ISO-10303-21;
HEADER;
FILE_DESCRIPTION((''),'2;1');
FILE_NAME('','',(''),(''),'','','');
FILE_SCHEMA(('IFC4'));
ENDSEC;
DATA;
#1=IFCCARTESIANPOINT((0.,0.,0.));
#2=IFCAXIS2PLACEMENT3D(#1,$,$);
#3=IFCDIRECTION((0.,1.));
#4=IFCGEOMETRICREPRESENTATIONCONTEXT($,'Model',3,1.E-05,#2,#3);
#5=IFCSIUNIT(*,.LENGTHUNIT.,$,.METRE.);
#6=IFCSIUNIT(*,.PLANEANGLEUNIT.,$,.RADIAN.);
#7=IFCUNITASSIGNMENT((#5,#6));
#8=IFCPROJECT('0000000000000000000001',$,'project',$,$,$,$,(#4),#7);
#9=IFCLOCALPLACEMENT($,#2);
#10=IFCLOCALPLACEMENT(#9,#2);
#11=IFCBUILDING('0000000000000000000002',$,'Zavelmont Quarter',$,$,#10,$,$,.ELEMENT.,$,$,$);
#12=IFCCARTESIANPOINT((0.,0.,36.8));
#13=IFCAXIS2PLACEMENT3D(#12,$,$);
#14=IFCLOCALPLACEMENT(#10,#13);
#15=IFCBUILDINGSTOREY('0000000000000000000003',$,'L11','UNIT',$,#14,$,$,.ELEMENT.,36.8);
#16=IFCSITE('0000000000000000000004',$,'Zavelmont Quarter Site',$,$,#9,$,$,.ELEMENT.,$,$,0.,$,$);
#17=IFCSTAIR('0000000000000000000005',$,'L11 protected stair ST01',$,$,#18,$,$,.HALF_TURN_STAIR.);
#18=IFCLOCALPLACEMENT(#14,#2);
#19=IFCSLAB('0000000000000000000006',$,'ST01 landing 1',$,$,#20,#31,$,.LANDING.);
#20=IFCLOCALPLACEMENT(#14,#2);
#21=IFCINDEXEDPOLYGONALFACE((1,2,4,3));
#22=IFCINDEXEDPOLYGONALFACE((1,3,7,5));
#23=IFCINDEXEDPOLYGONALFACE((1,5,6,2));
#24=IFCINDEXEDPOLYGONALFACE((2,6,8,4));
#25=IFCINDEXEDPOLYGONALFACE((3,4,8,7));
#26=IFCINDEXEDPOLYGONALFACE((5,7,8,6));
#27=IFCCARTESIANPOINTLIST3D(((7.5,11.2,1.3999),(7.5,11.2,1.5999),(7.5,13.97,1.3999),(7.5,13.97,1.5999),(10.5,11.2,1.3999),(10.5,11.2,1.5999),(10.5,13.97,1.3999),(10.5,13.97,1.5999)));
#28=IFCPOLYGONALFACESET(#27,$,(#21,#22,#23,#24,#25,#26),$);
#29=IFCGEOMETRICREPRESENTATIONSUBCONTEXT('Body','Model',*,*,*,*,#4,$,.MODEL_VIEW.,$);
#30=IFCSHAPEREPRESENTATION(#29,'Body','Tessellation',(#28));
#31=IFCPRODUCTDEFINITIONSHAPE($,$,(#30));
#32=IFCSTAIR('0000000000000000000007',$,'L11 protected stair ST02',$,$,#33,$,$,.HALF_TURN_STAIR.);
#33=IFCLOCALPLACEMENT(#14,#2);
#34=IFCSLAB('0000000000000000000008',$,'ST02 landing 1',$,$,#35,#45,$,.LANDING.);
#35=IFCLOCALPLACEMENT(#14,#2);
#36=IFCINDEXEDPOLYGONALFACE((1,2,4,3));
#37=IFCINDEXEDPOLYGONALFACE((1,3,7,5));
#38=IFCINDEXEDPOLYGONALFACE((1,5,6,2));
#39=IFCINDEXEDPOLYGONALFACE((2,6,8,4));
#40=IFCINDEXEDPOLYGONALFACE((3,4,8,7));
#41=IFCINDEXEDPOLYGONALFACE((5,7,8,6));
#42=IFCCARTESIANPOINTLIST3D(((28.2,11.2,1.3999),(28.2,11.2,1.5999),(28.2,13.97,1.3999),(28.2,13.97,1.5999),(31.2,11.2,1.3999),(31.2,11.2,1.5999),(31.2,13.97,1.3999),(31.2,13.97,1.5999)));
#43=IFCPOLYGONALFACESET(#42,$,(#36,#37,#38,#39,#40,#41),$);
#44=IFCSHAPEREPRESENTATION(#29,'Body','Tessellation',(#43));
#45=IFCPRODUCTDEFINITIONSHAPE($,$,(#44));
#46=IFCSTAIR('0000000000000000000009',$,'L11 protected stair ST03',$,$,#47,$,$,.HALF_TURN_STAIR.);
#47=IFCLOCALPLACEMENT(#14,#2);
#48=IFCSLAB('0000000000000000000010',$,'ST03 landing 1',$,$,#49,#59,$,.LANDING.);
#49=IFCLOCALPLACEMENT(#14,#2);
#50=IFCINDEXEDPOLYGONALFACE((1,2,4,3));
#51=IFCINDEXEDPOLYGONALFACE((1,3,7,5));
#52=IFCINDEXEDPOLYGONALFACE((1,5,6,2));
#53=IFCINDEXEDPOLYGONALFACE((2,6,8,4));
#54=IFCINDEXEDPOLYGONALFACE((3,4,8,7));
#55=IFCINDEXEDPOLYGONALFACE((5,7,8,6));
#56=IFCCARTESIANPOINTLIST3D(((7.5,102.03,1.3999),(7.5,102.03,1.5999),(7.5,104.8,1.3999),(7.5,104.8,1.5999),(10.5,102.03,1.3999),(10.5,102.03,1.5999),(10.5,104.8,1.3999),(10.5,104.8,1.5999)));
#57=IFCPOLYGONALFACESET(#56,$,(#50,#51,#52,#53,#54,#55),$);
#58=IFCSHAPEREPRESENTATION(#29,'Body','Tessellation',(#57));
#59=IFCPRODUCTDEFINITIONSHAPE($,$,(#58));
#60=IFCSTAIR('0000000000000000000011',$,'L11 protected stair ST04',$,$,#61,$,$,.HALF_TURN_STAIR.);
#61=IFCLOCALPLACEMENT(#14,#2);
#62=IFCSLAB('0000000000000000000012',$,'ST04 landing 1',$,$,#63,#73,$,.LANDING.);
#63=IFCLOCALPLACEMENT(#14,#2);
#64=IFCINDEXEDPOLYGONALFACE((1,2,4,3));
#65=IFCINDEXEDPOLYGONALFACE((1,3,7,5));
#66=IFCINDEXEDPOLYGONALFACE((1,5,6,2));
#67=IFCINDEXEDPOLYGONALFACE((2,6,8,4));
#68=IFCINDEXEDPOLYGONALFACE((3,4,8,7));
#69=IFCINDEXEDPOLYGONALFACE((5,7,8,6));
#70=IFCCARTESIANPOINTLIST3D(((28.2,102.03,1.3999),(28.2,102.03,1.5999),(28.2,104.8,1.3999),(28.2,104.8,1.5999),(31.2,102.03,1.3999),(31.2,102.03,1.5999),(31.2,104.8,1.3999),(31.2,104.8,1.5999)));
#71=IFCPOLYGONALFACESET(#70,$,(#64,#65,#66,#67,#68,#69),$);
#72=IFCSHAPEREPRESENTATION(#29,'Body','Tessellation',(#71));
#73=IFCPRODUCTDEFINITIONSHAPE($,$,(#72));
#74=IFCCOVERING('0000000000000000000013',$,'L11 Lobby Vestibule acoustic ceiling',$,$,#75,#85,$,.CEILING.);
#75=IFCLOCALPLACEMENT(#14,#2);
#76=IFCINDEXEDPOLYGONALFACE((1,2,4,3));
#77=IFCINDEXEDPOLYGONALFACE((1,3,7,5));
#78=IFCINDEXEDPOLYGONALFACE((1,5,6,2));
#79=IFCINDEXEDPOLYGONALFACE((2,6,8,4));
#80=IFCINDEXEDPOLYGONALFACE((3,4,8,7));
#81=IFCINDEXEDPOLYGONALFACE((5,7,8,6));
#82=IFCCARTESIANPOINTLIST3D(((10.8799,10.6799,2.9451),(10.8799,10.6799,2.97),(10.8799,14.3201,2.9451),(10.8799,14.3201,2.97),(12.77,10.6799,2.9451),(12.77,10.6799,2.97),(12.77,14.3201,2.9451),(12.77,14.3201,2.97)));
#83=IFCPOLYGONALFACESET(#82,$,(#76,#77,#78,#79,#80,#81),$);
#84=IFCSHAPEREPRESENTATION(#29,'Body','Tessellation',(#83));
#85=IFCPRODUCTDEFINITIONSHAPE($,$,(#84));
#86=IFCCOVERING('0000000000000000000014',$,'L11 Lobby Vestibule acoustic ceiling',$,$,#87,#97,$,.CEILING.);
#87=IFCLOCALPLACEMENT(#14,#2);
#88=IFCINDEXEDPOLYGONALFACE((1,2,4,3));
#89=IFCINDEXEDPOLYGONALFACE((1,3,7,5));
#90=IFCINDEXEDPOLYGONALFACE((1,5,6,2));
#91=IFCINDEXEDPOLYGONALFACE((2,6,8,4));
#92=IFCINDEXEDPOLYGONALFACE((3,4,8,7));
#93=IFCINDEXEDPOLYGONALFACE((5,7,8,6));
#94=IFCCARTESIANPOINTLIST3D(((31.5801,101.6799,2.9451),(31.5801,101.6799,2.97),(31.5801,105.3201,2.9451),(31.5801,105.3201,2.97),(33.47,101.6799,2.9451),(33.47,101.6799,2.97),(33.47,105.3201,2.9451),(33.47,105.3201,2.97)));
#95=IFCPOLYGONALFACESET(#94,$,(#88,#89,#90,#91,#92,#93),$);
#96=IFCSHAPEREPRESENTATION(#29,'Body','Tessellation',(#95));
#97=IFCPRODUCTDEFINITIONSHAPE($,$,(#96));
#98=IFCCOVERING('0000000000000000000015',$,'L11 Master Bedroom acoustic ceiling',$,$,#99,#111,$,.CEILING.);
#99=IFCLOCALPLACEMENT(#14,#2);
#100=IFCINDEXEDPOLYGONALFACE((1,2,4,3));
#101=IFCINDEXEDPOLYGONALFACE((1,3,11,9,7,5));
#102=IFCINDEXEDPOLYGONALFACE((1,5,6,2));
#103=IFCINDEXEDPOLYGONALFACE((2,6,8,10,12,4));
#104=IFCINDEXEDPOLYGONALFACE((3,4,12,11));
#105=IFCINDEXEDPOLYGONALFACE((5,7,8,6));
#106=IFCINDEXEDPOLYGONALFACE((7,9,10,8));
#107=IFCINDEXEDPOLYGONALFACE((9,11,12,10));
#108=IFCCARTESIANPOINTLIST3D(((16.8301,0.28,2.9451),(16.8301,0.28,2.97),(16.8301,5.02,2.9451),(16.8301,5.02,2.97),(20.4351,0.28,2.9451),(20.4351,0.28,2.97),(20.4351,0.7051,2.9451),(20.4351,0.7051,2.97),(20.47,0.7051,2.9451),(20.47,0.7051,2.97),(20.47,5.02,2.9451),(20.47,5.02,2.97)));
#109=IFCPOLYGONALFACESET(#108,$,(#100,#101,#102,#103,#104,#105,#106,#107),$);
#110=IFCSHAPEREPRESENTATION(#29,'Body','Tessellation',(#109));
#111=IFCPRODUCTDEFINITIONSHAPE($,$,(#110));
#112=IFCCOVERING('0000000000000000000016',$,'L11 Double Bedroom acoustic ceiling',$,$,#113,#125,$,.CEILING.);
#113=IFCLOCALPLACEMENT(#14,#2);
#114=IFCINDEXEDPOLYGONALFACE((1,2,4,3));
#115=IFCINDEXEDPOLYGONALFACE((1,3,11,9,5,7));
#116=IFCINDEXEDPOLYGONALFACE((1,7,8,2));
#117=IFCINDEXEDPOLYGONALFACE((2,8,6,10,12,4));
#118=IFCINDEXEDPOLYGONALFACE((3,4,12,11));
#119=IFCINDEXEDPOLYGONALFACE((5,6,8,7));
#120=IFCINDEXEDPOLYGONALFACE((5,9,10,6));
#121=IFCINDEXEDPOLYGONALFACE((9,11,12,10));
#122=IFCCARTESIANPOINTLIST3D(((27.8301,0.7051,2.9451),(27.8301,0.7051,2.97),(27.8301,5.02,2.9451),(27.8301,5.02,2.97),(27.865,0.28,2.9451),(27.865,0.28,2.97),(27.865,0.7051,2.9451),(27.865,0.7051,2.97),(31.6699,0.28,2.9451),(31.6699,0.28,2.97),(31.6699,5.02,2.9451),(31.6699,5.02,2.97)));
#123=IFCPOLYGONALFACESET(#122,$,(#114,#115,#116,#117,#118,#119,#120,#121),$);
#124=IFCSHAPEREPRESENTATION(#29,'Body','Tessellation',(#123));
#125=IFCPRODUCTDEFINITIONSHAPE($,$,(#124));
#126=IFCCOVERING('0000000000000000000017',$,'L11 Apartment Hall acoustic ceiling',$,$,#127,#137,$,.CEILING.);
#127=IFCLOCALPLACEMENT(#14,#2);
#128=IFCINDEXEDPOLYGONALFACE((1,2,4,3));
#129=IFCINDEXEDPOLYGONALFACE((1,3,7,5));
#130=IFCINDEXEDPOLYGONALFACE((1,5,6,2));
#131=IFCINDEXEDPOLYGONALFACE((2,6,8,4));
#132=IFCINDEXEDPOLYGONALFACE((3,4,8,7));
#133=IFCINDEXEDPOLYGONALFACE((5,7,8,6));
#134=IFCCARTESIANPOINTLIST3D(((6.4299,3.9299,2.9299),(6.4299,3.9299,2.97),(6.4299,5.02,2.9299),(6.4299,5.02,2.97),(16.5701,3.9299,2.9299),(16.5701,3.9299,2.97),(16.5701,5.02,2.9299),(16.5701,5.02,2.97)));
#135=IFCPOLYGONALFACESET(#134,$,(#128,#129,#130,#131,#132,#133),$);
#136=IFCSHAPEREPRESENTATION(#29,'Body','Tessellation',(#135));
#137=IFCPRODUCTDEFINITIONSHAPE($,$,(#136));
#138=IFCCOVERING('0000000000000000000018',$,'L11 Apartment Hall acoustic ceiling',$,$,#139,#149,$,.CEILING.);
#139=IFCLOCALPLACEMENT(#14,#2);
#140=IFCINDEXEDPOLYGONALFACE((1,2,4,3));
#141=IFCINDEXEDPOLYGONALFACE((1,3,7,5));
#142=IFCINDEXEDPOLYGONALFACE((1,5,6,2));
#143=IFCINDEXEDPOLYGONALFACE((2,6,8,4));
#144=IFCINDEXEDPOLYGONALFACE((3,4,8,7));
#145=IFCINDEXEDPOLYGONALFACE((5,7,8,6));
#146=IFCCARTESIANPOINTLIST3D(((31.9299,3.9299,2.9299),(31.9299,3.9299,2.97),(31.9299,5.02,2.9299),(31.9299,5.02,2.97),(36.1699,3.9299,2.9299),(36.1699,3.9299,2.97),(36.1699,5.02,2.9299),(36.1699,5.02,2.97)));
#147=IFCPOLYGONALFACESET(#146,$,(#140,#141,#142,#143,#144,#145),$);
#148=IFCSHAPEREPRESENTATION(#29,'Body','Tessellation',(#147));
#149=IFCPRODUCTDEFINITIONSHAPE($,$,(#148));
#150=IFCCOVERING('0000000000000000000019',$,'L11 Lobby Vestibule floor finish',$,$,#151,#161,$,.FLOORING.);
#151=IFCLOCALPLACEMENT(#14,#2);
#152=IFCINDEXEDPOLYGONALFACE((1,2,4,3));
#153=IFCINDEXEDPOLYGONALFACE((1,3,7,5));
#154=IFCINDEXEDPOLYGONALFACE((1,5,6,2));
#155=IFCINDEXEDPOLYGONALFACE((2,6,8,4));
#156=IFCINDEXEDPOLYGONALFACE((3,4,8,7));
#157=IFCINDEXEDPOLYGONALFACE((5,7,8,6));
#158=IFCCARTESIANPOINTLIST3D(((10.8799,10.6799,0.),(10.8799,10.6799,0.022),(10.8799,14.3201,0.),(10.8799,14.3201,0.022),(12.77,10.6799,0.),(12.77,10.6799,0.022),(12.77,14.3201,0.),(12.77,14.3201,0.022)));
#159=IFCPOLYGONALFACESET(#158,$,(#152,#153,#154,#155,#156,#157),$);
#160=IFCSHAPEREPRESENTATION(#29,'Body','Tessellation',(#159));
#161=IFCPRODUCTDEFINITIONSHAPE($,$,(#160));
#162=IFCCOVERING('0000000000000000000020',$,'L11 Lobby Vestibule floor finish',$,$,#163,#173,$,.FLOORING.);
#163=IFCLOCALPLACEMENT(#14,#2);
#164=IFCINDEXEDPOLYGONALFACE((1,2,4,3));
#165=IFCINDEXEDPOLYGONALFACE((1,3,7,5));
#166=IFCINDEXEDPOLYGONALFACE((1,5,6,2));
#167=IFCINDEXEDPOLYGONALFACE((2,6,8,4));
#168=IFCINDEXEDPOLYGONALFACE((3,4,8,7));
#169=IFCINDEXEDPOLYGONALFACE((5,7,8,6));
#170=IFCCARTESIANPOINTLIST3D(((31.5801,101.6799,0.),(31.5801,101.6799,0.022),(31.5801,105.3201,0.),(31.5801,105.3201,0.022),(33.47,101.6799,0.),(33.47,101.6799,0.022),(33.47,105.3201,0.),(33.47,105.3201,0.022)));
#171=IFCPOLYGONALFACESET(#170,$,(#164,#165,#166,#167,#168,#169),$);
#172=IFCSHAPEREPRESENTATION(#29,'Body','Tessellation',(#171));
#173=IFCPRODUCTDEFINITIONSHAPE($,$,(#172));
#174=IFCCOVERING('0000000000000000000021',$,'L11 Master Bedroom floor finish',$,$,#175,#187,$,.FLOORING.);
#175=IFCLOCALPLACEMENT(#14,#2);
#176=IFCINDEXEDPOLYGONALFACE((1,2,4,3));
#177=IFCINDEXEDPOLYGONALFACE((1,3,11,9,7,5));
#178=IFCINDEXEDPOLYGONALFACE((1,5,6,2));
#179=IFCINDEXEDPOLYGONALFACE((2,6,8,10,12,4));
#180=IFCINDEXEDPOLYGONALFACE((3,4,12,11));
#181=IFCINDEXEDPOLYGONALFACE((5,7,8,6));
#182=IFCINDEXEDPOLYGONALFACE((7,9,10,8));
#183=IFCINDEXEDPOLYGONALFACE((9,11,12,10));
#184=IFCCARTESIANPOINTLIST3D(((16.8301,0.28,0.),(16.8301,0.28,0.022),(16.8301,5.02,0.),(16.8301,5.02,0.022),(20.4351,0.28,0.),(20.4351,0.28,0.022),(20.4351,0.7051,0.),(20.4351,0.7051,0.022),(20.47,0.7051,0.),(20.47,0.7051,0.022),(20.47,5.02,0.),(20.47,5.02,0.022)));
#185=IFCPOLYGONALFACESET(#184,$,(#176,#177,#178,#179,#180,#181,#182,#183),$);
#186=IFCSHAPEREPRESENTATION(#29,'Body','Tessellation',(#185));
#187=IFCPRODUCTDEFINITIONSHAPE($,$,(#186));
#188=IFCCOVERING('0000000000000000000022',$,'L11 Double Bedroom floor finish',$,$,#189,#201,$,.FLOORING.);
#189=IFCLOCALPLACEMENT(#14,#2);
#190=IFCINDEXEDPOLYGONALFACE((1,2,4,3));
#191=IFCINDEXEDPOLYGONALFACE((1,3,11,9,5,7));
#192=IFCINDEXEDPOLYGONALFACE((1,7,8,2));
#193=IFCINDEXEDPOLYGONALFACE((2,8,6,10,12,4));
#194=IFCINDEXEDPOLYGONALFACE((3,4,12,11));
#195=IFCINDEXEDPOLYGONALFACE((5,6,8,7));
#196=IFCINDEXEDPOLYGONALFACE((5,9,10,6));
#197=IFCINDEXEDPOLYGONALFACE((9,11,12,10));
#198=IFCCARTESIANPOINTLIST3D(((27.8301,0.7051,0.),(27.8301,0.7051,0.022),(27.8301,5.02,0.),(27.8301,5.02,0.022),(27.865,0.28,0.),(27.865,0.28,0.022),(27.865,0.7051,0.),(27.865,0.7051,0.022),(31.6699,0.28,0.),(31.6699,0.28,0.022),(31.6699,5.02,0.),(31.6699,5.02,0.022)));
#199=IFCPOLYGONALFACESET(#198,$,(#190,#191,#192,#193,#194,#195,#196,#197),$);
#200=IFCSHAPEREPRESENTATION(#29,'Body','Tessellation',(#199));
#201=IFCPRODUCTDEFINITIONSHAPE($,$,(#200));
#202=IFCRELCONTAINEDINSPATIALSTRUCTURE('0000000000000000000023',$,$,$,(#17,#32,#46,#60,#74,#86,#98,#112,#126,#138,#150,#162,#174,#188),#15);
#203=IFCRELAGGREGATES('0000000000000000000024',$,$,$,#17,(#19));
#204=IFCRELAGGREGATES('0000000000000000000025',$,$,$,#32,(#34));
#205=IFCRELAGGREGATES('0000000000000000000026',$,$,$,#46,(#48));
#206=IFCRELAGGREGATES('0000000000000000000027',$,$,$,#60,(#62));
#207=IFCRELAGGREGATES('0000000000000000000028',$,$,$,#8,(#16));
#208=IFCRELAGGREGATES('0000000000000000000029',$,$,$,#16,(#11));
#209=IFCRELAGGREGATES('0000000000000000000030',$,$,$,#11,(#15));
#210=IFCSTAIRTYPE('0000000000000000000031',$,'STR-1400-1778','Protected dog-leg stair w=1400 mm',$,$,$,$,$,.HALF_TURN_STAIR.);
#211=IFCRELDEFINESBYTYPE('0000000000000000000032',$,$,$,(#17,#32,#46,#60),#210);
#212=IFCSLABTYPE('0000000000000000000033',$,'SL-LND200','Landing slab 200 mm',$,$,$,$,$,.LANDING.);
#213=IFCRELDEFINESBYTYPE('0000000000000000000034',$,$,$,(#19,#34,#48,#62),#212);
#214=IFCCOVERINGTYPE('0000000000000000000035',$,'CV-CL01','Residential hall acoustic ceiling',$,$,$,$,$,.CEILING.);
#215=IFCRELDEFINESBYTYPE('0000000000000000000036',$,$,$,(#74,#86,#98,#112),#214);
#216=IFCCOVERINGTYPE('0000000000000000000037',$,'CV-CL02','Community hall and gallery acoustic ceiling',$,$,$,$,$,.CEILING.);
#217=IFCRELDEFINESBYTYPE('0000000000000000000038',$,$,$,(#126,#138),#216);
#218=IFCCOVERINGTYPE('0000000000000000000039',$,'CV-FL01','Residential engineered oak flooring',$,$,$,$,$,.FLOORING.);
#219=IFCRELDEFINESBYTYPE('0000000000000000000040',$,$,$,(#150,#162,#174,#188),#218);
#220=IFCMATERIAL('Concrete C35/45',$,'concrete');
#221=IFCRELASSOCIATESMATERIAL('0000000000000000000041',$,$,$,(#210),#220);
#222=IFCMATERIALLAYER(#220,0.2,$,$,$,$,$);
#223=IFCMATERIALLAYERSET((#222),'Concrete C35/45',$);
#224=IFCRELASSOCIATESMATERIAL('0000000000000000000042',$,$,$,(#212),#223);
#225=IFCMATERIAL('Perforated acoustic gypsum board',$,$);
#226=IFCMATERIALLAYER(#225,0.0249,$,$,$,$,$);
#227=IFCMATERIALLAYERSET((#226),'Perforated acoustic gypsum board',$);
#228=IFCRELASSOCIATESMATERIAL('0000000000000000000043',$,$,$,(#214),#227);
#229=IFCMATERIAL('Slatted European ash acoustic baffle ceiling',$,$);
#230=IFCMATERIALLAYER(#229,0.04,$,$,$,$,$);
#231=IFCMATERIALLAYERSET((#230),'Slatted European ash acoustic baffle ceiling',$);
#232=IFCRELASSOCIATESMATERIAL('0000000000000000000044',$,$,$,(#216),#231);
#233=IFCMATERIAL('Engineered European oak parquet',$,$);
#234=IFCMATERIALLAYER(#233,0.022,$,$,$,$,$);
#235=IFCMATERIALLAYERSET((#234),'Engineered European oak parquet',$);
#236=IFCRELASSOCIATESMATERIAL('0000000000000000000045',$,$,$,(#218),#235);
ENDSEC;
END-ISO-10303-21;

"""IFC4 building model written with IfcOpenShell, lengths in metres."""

from ifc_helpers import new_model, si_unit, direction, frame, origin, place, context, subcontext, project, spatial, polyline, outline, extrude, material, layer, layer_set, type_object, element, aggregate, save


model = new_model("IFC4")

# Units and contexts
model_context = context("Model", 3, precision=1e-05, world=origin(), true_north=direction((0.0, 1.0)))
body_context = subcontext(model_context, "Body", "Model", "MODEL_VIEW")
ifc_project = project(units=[si_unit("LENGTHUNIT", "METRE"), si_unit("PLANEANGLEUNIT", "RADIAN")], contexts=[model_context])

# Site, building, storey
site_placement = place(None, origin())
site = spatial("IfcSite", under=ifc_project, at=site_placement, Name="Zavelmont Quarter Site", CompositionType="ELEMENT", RefElevation=0.0)
building_placement = place(site_placement, origin())
building = spatial("IfcBuilding", under=site, at=building_placement, Name="Zavelmont Quarter", CompositionType="ELEMENT")
storey_placement = place(building_placement, frame((0.0, 0.0, 36.8)))
storey = spatial("IfcBuildingStorey", under=building, at=storey_placement, Name="L11", Description="UNIT", CompositionType="ELEMENT", Elevation=36.8)

# Stairs, slabs
ifc_material_1 = material(Name="Concrete C35/45", Category="concrete")
stair_type = type_object("IfcStairType", Name="STR-1400-1778", Description="Protected dog-leg stair w=1400 mm", PredefinedType="HALF_TURN_STAIR", material=ifc_material_1)
stair_1_placement = place(storey_placement, origin())
stair_1 = element("IfcStair", 1, at=stair_1_placement, inside=storey, type_object=stair_type, Name="L11 protected stair ST01", PredefinedType="HALF_TURN_STAIR")
ifc_layer_1 = layer(ifc_material_1, 0.2)
ifc_layer_set_1 = layer_set([ifc_layer_1], Name="Concrete C35/45")
slab_type = type_object("IfcSlabType", Name="SL-LND200", Description="Landing slab 200 mm", PredefinedType="LANDING", material=ifc_layer_set_1)
slab_1_placement = place(storey_placement, frame((0.0, 0.0, 1.3999)))
slab_1 = element("IfcSlab", 2, at=slab_1_placement, type_object=slab_type, Name="ST01 landing 1", PredefinedType="LANDING", context=body_context, shape_type="SweptSolid", body=[
    extrude(outline(polyline([(7.5, 13.97), (7.5, 11.2), (10.5, 11.2), (10.5, 13.97), (7.5, 13.97)])), origin(), (0.0, 0.0, 1.0), 0.2),
])
aggregate(stair_1, [slab_1])
stair_2_placement = place(storey_placement, origin())
stair_2 = element("IfcStair", 3, at=stair_2_placement, inside=storey, type_object=stair_type, Name="L11 protected stair ST02", PredefinedType="HALF_TURN_STAIR")
slab_2_placement = place(storey_placement, frame((0.0, 0.0, 1.3999)))
slab_2 = element("IfcSlab", 4, at=slab_2_placement, type_object=slab_type, Name="ST02 landing 1", PredefinedType="LANDING", context=body_context, shape_type="SweptSolid", body=[
    extrude(outline(polyline([(28.2, 13.97), (28.2, 11.2), (31.2, 11.2), (31.2, 13.97), (28.2, 13.97)])), origin(), (0.0, 0.0, 1.0), 0.2),
])
aggregate(stair_2, [slab_2])
stair_3_placement = place(storey_placement, origin())
stair_3 = element("IfcStair", 5, at=stair_3_placement, inside=storey, type_object=stair_type, Name="L11 protected stair ST03", PredefinedType="HALF_TURN_STAIR")
slab_3_placement = place(storey_placement, frame((0.0, 0.0, 1.3999)))
slab_3 = element("IfcSlab", 6, at=slab_3_placement, type_object=slab_type, Name="ST03 landing 1", PredefinedType="LANDING", context=body_context, shape_type="SweptSolid", body=[
    extrude(outline(polyline([(10.5, 102.03), (10.5, 104.8), (7.5, 104.8), (7.5, 102.03), (10.5, 102.03)])), origin(), (0.0, 0.0, 1.0), 0.2),
])
aggregate(stair_3, [slab_3])
stair_4_placement = place(storey_placement, origin())
stair_4 = element("IfcStair", 7, at=stair_4_placement, inside=storey, type_object=stair_type, Name="L11 protected stair ST04", PredefinedType="HALF_TURN_STAIR")
slab_4_placement = place(storey_placement, frame((0.0, 0.0, 1.3999)))
slab_4 = element("IfcSlab", 8, at=slab_4_placement, type_object=slab_type, Name="ST04 landing 1", PredefinedType="LANDING", context=body_context, shape_type="SweptSolid", body=[
    extrude(outline(polyline([(31.2, 102.03), (31.2, 104.8), (28.2, 104.8), (28.2, 102.03), (31.2, 102.03)])), origin(), (0.0, 0.0, 1.0), 0.2),
])
aggregate(stair_4, [slab_4])

# Coverings
ifc_material_2 = material(Name="Perforated acoustic gypsum board")
ifc_layer_2 = layer(ifc_material_2, 0.0249)
ifc_layer_set_2 = layer_set([ifc_layer_2], Name="Perforated acoustic gypsum board")
covering_type_1 = type_object("IfcCoveringType", Name="CV-CL01", Description="Residential hall acoustic ceiling", PredefinedType="CEILING", material=ifc_layer_set_2)
covering_1_placement = place(storey_placement, frame((0.0, 0.0, 2.9451)))
element("IfcCovering", 9, at=covering_1_placement, inside=storey, type_object=covering_type_1, Name="L11 Lobby Vestibule acoustic ceiling", PredefinedType="CEILING", context=body_context, shape_type="SweptSolid", body=[
    extrude(outline(polyline([(10.8799, 14.3201), (12.77, 14.3201), (12.77, 10.6799), (10.8799, 10.6799), (10.8799, 14.3201)])), origin(), (0.0, 0.0, 1.0), 0.0249),
])
covering_2_placement = place(storey_placement, frame((0.0, 0.0, 2.9451)))
element("IfcCovering", 10, at=covering_2_placement, inside=storey, type_object=covering_type_1, Name="L11 Lobby Vestibule acoustic ceiling", PredefinedType="CEILING", context=body_context, shape_type="SweptSolid", body=[
    extrude(outline(polyline([(31.5801, 105.3201), (33.47, 105.3201), (33.47, 101.6799), (31.5801, 101.6799), (31.5801, 105.3201)])), origin(), (0.0, 0.0, 1.0), 0.0249),
])
covering_3_placement = place(storey_placement, frame((0.0, 0.0, 2.9451)))
element("IfcCovering", 11, at=covering_3_placement, inside=storey, type_object=covering_type_1, Name="L11 Master Bedroom acoustic ceiling", PredefinedType="CEILING", context=body_context, shape_type="SweptSolid", body=[
    extrude(outline(polyline([(16.8301, 5.02), (20.47, 5.02), (20.47, 0.7051), (20.4351, 0.7051), (20.4351, 0.28), (16.8301, 0.28), (16.8301, 5.02)])), origin(), (0.0, 0.0, 1.0), 0.0249),
])
covering_4_placement = place(storey_placement, frame((0.0, 0.0, 2.9451)))
element("IfcCovering", 12, at=covering_4_placement, inside=storey, type_object=covering_type_1, Name="L11 Double Bedroom acoustic ceiling", PredefinedType="CEILING", context=body_context, shape_type="SweptSolid", body=[
    extrude(outline(polyline([(27.8301, 5.02), (31.6699, 5.02), (31.6699, 0.28), (27.865, 0.28), (27.865, 0.7051), (27.8301, 0.7051), (27.8301, 5.02)])), origin(), (0.0, 0.0, 1.0), 0.0249),
])
ifc_material_3 = material(Name="Slatted European ash acoustic baffle ceiling")
ifc_layer_3 = layer(ifc_material_3, 0.04)
ifc_layer_set_3 = layer_set([ifc_layer_3], Name="Slatted European ash acoustic baffle ceiling")
covering_type_2 = type_object("IfcCoveringType", Name="CV-CL02", Description="Community hall and gallery acoustic ceiling", PredefinedType="CEILING", material=ifc_layer_set_3)
covering_5_placement = place(storey_placement, frame((0.0, 0.0, 2.9299)))
element("IfcCovering", 13, at=covering_5_placement, inside=storey, type_object=covering_type_2, Name="L11 Apartment Hall acoustic ceiling", PredefinedType="CEILING", context=body_context, shape_type="SweptSolid", body=[
    extrude(outline(polyline([(6.4299, 5.02), (16.5701, 5.02), (16.5701, 3.9299), (6.4299, 3.9299), (6.4299, 5.02)])), origin(), (0.0, 0.0, 1.0), 0.04),
])
covering_6_placement = place(storey_placement, frame((0.0, 0.0, 2.9299)))
element("IfcCovering", 14, at=covering_6_placement, inside=storey, type_object=covering_type_2, Name="L11 Apartment Hall acoustic ceiling", PredefinedType="CEILING", context=body_context, shape_type="SweptSolid", body=[
    extrude(outline(polyline([(31.9299, 5.02), (36.1699, 5.02), (36.1699, 3.9299), (31.9299, 3.9299), (31.9299, 5.02)])), origin(), (0.0, 0.0, 1.0), 0.04),
])
ifc_material_4 = material(Name="Engineered European oak parquet")
ifc_layer_4 = layer(ifc_material_4, 0.022)
ifc_layer_set_4 = layer_set([ifc_layer_4], Name="Engineered European oak parquet")
covering_type_3 = type_object("IfcCoveringType", Name="CV-FL01", Description="Residential engineered oak flooring", PredefinedType="FLOORING", material=ifc_layer_set_4)
covering_7_placement = place(storey_placement, origin())
element("IfcCovering", 15, at=covering_7_placement, inside=storey, type_object=covering_type_3, Name="L11 Lobby Vestibule floor finish", PredefinedType="FLOORING", context=body_context, shape_type="SweptSolid", body=[
    extrude(outline(polyline([(10.8799, 14.3201), (12.77, 14.3201), (12.77, 10.6799), (10.8799, 10.6799), (10.8799, 14.3201)])), origin(), (0.0, 0.0, 1.0), 0.022),
])
covering_8_placement = place(storey_placement, origin())
element("IfcCovering", 16, at=covering_8_placement, inside=storey, type_object=covering_type_3, Name="L11 Lobby Vestibule floor finish", PredefinedType="FLOORING", context=body_context, shape_type="SweptSolid", body=[
    extrude(outline(polyline([(31.5801, 105.3201), (33.47, 105.3201), (33.47, 101.6799), (31.5801, 101.6799), (31.5801, 105.3201)])), origin(), (0.0, 0.0, 1.0), 0.022),
])
covering_9_placement = place(storey_placement, origin())
element("IfcCovering", 17, at=covering_9_placement, inside=storey, type_object=covering_type_3, Name="L11 Master Bedroom floor finish", PredefinedType="FLOORING", context=body_context, shape_type="SweptSolid", body=[
    extrude(outline(polyline([(16.8301, 5.02), (20.47, 5.02), (20.47, 0.7051), (20.4351, 0.7051), (20.4351, 0.28), (16.8301, 0.28), (16.8301, 5.02)])), origin(), (0.0, 0.0, 1.0), 0.022),
])
covering_10_placement = place(storey_placement, origin())
element("IfcCovering", 18, at=covering_10_placement, inside=storey, type_object=covering_type_3, Name="L11 Double Bedroom floor finish", PredefinedType="FLOORING", context=body_context, shape_type="SweptSolid", body=[
    extrude(outline(polyline([(27.8301, 5.02), (31.6699, 5.02), (31.6699, 0.28), (27.865, 0.28), (27.865, 0.7051), (27.8301, 0.7051), (27.8301, 5.02)])), origin(), (0.0, 0.0, 1.0), 0.022),
])

save(model, "model.ifc")
